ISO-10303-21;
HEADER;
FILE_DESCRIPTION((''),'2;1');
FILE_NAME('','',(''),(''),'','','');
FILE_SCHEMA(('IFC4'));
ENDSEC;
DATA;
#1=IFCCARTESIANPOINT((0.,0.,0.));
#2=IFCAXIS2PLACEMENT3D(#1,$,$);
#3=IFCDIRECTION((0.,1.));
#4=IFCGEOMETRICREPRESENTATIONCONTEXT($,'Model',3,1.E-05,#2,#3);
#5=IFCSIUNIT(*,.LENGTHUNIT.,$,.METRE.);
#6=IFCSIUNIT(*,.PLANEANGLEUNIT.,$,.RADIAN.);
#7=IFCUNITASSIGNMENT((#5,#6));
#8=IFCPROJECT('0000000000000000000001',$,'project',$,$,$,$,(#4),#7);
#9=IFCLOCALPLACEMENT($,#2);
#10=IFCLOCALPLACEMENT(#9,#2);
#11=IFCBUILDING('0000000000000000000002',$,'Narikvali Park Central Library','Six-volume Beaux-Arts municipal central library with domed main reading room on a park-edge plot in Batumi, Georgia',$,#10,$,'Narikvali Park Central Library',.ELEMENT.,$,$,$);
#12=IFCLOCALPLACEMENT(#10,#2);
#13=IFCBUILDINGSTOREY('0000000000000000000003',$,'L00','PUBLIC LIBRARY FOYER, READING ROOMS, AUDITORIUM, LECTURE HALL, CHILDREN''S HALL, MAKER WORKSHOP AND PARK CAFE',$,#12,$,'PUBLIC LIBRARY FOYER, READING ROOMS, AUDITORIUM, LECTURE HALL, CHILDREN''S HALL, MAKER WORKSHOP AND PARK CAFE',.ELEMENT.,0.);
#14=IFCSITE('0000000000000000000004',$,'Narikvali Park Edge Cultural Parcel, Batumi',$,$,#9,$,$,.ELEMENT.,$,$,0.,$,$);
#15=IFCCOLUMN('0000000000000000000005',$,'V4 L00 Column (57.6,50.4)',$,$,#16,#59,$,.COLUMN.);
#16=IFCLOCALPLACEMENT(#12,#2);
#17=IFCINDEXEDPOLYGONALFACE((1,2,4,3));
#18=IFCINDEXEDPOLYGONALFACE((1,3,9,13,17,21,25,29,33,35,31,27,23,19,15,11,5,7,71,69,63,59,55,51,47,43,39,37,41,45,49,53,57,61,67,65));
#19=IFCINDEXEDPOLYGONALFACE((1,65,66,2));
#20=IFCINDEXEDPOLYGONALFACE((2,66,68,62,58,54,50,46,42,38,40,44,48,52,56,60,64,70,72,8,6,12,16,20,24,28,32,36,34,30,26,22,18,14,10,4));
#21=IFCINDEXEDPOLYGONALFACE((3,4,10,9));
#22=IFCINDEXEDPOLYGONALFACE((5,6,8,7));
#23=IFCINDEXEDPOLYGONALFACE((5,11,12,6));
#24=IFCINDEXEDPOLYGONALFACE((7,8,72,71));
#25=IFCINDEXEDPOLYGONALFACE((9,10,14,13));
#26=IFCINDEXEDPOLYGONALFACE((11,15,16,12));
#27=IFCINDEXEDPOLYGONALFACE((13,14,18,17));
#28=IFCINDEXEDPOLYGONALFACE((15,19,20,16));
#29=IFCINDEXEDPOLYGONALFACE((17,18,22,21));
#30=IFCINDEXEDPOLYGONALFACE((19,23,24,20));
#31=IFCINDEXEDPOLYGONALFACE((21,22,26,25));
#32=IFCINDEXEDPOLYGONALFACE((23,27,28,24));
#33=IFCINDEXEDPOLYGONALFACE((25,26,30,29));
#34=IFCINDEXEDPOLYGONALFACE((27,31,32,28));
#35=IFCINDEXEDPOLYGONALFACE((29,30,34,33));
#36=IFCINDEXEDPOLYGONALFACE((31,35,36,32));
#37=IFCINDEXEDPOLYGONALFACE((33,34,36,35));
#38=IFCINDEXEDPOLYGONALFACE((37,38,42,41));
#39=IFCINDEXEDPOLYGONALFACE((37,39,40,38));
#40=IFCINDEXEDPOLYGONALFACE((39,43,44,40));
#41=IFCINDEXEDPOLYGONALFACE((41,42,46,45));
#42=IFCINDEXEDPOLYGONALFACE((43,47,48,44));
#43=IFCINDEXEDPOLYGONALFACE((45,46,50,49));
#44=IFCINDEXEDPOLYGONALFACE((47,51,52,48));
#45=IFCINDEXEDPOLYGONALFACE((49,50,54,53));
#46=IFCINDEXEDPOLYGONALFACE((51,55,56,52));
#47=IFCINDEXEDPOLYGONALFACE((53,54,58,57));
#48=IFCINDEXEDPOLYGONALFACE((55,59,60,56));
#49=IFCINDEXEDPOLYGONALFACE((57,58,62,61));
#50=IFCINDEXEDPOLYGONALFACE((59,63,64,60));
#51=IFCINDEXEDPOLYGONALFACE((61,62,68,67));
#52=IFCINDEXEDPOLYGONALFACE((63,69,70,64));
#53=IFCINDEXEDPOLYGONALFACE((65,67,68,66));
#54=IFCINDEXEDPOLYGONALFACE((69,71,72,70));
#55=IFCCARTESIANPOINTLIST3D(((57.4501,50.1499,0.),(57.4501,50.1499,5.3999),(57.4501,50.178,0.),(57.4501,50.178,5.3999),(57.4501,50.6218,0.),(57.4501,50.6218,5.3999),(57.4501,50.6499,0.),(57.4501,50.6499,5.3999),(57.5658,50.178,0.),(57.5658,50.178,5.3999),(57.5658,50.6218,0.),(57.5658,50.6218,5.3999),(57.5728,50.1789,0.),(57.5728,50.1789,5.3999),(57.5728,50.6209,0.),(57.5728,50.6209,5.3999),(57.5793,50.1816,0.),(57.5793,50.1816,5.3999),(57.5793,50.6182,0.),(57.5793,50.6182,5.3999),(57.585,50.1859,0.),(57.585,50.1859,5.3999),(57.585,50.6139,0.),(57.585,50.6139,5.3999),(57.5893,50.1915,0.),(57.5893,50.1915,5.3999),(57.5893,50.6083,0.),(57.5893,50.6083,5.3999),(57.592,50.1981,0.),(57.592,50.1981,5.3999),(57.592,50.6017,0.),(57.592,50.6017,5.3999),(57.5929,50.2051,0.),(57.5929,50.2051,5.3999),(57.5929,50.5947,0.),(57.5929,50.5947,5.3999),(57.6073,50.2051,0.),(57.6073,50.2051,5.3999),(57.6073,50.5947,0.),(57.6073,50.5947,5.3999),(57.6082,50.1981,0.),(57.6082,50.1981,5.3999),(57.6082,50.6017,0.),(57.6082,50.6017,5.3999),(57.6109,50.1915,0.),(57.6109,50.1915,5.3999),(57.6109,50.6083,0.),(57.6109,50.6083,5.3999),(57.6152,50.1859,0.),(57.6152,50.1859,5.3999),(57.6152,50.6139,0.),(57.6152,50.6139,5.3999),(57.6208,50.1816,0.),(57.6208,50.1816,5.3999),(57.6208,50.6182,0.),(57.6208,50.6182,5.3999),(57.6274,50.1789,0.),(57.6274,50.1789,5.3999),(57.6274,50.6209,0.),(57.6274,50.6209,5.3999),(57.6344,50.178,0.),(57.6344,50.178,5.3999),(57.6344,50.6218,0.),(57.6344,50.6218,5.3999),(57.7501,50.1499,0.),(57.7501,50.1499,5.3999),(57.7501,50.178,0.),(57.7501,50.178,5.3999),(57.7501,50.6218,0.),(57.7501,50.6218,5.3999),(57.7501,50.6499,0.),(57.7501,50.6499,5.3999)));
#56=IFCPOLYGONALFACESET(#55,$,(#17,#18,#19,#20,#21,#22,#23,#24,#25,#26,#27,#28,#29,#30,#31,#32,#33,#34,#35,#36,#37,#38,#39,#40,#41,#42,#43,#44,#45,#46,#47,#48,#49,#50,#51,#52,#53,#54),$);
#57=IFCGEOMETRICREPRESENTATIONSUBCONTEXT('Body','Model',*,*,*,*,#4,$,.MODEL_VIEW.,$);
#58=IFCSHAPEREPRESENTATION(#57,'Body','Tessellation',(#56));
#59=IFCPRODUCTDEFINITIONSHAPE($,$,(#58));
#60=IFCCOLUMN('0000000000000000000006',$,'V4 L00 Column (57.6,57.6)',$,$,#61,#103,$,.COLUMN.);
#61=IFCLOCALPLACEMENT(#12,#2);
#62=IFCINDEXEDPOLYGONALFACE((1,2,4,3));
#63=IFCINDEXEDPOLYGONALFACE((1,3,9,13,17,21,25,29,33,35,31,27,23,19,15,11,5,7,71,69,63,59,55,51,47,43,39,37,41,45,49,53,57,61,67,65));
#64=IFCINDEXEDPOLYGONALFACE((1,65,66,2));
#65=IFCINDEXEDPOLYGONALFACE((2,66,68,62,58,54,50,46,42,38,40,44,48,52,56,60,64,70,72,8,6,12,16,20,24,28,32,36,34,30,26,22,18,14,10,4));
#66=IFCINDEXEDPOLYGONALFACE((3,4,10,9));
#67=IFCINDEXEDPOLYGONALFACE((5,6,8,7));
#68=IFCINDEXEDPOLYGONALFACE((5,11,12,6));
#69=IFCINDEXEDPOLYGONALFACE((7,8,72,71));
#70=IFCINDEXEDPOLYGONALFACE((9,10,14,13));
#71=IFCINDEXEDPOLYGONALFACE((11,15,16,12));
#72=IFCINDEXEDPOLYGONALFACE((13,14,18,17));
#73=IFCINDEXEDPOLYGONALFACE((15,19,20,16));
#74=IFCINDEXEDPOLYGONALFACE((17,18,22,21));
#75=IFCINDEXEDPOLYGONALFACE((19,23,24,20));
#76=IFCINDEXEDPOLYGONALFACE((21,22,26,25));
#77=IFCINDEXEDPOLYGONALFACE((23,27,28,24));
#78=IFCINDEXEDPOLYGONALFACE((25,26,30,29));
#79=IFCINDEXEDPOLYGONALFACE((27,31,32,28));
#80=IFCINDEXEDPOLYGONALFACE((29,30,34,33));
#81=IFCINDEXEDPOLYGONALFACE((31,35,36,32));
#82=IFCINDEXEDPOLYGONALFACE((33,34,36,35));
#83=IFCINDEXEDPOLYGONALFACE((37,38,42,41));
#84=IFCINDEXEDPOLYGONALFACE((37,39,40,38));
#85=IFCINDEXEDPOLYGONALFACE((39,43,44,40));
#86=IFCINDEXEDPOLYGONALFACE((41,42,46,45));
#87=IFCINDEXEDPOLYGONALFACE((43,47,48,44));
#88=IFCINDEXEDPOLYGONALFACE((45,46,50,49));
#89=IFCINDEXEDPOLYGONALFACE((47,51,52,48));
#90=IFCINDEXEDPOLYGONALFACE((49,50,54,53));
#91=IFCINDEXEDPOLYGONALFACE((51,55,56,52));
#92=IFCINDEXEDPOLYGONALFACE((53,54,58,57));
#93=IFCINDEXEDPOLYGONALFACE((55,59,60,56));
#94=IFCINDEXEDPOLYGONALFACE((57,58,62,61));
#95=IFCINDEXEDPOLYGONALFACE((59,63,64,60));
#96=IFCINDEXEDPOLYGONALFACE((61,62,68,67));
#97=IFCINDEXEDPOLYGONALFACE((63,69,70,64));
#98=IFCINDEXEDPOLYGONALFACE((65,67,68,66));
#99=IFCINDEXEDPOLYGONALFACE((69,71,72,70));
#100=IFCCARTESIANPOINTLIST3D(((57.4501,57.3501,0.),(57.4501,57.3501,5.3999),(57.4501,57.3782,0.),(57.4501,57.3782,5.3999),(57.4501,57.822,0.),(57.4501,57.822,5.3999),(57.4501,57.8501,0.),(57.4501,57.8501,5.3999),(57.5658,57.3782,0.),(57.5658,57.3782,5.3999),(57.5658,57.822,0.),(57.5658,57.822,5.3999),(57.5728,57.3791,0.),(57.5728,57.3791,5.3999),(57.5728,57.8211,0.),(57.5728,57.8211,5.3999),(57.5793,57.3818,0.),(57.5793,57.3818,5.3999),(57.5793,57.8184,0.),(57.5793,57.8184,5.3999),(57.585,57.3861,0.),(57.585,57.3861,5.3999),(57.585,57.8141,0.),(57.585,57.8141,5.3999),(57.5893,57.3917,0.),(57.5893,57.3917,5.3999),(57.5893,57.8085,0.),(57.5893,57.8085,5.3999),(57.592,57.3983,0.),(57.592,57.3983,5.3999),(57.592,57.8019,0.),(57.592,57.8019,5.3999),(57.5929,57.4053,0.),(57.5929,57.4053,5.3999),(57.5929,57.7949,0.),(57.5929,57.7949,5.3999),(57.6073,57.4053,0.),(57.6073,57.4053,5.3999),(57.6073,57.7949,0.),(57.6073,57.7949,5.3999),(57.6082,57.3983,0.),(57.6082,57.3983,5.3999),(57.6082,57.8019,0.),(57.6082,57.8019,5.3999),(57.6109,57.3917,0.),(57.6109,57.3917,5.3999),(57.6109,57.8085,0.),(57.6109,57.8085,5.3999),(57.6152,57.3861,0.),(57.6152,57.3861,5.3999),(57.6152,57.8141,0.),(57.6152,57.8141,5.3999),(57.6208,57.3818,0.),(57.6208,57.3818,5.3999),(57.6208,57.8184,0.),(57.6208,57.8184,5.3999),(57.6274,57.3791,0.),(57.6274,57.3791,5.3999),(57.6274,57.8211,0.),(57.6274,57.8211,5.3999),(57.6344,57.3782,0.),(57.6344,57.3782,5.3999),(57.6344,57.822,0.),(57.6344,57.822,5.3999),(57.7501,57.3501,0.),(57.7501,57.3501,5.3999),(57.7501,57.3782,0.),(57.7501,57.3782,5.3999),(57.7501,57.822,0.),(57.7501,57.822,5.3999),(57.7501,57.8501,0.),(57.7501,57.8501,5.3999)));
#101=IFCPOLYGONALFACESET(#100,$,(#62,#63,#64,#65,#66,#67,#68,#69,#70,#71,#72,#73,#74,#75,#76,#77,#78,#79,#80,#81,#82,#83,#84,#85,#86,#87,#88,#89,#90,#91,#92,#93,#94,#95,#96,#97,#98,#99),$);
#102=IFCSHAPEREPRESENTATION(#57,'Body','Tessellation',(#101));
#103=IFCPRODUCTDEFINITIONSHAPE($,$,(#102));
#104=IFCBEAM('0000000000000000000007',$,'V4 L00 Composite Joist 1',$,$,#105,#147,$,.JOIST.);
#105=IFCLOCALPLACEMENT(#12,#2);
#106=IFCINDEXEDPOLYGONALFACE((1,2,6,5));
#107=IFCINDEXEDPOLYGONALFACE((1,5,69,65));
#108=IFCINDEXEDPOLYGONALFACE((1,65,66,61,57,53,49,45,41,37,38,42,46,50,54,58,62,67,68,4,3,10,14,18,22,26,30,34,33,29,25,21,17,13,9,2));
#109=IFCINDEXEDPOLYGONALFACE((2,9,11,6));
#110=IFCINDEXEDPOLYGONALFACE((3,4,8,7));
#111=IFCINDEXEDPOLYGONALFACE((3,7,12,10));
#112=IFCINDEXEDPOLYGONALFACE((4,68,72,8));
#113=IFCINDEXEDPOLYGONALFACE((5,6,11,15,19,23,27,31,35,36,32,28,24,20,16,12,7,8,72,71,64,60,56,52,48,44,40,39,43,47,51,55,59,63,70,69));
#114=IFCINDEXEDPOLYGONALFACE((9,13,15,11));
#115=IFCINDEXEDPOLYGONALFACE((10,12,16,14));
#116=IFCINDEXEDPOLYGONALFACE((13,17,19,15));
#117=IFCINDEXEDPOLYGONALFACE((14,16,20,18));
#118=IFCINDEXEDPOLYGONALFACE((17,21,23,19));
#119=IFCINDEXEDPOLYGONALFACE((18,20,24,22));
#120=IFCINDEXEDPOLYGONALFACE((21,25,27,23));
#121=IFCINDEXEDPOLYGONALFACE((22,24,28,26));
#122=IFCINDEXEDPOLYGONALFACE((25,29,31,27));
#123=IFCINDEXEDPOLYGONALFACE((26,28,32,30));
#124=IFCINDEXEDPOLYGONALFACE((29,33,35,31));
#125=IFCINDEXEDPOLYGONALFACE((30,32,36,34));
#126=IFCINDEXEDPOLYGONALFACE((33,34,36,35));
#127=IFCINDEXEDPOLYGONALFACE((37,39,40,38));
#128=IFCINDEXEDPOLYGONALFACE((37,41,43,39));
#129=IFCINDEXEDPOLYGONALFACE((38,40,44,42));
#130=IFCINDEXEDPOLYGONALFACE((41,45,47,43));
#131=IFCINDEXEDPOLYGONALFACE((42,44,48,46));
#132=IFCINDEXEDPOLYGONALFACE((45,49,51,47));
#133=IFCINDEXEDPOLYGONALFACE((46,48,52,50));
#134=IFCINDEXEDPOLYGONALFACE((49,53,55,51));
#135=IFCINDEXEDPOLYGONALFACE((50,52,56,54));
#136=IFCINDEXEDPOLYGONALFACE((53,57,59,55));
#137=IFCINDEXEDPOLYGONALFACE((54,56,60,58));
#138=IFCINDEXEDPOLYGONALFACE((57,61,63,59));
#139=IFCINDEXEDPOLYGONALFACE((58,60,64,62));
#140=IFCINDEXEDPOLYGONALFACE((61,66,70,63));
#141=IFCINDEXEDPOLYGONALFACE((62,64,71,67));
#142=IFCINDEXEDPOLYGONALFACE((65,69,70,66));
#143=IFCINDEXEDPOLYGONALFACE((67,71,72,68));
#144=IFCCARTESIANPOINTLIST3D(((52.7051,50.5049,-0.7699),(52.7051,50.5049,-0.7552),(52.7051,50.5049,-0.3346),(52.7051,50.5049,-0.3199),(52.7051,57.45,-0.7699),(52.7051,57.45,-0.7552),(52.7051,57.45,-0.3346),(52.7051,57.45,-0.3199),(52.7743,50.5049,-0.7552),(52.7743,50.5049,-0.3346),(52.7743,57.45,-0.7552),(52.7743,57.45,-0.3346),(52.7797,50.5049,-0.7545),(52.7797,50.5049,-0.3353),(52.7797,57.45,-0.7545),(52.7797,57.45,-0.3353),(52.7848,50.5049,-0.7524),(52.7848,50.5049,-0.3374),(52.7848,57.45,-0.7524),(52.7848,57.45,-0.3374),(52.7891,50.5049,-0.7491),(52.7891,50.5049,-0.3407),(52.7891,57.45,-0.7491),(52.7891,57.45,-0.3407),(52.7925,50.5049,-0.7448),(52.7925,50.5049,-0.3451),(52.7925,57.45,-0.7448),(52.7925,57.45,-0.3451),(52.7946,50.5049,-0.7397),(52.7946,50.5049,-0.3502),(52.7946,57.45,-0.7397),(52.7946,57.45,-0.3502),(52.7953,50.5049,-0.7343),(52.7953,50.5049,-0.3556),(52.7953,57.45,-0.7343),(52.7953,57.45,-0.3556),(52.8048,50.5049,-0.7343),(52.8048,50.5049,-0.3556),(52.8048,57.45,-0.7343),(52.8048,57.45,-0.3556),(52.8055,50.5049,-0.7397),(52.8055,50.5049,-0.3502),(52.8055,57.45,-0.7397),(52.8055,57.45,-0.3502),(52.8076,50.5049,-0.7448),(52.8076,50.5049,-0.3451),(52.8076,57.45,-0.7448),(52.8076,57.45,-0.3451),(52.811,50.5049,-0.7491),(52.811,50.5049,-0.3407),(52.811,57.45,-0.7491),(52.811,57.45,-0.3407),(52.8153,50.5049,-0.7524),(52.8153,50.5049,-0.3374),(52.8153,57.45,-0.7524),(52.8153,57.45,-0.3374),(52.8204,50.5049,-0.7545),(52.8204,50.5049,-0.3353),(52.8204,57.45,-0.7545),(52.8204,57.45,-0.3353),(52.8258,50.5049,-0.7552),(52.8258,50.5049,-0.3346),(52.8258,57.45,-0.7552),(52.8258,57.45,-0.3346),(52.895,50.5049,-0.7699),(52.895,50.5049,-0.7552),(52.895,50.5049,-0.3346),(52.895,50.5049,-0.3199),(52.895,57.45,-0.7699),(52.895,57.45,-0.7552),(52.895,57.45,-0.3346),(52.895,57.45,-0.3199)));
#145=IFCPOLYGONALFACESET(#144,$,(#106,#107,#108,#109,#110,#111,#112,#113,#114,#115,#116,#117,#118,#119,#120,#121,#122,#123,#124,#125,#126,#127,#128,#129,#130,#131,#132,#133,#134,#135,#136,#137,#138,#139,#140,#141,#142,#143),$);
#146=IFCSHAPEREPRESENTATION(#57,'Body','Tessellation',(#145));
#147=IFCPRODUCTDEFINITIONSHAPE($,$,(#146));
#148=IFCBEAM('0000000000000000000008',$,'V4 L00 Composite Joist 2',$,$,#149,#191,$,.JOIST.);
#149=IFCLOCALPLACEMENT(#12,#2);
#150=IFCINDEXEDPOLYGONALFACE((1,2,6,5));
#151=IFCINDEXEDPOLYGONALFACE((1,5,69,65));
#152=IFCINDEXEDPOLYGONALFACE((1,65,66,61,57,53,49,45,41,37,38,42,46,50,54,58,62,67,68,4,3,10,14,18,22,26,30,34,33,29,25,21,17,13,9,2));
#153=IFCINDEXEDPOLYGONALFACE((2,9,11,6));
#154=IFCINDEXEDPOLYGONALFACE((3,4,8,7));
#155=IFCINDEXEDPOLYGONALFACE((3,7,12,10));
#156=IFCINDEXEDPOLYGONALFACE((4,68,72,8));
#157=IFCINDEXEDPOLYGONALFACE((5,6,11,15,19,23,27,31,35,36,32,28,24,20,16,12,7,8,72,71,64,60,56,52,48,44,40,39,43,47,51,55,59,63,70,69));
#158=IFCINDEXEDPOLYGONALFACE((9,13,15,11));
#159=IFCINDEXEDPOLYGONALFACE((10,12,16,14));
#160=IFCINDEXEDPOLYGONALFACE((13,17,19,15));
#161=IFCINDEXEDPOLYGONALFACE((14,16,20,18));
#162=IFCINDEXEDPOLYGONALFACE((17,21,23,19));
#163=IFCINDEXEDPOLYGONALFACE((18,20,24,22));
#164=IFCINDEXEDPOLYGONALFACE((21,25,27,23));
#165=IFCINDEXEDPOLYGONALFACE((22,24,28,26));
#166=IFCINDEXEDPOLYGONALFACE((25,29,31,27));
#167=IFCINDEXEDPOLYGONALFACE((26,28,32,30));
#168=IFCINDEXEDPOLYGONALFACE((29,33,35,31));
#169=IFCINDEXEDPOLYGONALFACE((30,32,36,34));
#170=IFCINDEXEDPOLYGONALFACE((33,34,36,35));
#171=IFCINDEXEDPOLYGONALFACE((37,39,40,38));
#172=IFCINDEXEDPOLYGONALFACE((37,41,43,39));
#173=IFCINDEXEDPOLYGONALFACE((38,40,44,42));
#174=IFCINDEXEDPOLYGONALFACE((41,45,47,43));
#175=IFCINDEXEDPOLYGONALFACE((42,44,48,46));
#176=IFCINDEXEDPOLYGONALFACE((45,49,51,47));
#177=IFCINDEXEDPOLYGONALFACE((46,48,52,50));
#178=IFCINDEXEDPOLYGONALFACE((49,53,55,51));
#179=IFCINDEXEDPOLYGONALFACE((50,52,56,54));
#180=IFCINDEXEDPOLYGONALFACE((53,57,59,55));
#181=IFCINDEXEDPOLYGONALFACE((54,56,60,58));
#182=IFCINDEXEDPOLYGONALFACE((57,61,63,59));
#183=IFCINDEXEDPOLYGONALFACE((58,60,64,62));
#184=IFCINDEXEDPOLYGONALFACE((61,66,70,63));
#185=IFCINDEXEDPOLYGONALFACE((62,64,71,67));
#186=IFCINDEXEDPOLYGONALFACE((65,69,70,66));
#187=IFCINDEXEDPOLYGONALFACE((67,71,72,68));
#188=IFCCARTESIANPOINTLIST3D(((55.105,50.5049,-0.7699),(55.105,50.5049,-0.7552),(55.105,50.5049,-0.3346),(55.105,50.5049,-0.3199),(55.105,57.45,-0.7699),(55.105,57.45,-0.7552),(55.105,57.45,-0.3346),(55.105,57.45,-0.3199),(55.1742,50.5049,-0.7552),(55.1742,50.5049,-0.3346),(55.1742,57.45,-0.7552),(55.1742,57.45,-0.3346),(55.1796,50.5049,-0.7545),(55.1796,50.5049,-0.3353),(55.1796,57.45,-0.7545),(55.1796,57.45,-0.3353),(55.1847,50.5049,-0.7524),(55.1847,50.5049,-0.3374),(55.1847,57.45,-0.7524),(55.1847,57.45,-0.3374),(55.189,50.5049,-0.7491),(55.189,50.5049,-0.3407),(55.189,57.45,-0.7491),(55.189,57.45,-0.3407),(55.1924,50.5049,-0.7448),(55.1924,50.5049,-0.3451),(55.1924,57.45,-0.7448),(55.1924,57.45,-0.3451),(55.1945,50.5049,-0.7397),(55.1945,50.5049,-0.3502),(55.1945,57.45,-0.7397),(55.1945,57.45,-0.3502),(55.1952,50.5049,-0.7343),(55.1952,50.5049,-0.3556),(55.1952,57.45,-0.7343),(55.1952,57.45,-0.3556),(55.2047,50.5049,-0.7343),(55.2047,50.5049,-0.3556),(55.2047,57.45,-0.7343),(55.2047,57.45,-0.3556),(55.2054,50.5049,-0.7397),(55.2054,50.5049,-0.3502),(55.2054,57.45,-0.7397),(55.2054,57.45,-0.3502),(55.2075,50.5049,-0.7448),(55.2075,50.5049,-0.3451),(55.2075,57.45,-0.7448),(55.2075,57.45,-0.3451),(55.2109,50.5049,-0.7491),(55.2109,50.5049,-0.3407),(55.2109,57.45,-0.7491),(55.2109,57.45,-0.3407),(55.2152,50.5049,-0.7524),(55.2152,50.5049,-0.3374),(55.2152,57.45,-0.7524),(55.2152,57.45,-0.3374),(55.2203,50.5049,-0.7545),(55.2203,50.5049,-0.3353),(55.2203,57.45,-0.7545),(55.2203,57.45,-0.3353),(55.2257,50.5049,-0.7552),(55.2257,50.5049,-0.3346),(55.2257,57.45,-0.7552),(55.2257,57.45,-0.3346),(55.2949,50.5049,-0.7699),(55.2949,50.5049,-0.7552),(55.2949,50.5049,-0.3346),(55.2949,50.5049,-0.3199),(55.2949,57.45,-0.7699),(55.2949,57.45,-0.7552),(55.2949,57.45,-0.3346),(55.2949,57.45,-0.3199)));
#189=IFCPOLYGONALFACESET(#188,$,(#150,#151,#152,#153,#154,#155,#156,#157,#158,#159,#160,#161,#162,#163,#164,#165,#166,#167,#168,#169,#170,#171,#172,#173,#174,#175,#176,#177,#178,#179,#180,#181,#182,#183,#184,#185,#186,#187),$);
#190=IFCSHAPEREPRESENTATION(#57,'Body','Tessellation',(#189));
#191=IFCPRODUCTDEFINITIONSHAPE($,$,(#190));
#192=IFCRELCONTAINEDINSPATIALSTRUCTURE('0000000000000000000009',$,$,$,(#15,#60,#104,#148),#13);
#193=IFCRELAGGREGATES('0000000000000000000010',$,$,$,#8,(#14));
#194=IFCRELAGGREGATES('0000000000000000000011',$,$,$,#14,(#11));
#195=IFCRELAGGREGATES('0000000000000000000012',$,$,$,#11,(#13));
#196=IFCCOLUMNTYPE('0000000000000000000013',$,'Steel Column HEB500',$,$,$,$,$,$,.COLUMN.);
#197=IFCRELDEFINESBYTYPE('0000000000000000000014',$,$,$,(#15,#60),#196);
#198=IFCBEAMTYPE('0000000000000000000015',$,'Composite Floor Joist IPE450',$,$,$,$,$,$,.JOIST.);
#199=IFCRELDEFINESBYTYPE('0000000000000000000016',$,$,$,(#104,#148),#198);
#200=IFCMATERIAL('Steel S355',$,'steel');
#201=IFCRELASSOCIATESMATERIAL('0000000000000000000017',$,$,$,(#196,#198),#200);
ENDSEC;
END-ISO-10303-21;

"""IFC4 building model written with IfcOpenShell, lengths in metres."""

from ifc_helpers import new_model, si_unit, direction, frame, origin, origin_2d, place, context, subcontext, project, spatial, i_section, extrude, material, material_profile, profile_set, type_object, element, save


model = new_model("IFC4")

# Units and contexts
model_context = context("Model", 3, precision=1e-05, world=origin(), true_north=direction((0.0, 1.0)))
body_context = subcontext(model_context, "Body", "Model", "MODEL_VIEW")
ifc_project = project(units=[si_unit("LENGTHUNIT", "METRE"), si_unit("PLANEANGLEUNIT", "RADIAN")], contexts=[model_context])

# Site, building, storey
site_placement = place(None, origin())
site = spatial("IfcSite", under=ifc_project, at=site_placement, Name="Narikvali Park Edge Cultural Parcel, Batumi", CompositionType="ELEMENT", RefElevation=0.0)
building_placement = place(site_placement, origin())
building = spatial("IfcBuilding", under=site, at=building_placement, Name="Narikvali Park Central Library", Description="Six-volume Beaux-Arts municipal central library with domed main reading room on a park-edge plot in Batumi, Georgia", LongName="Narikvali Park Central Library", CompositionType="ELEMENT")
storey_placement = place(building_placement, origin())
storey = spatial("IfcBuildingStorey", under=building, at=storey_placement, Name="L00", Description="PUBLIC LIBRARY FOYER, READING ROOMS, AUDITORIUM, LECTURE HALL, CHILDREN'S HALL, MAKER WORKSHOP AND PARK CAFE", LongName="PUBLIC LIBRARY FOYER, READING ROOMS, AUDITORIUM, LECTURE HALL, CHILDREN'S HALL, MAKER WORKSHOP AND PARK CAFE", CompositionType="ELEMENT", Elevation=0.0)

# Columns
ifc_material_1 = material(Name="Steel S355", Category="steel")
ifc_material_profile_1 = material_profile(ifc_material_1, i_section(OverallWidth=0.3, OverallDepth=0.5, WebThickness=0.0144, FlangeThickness=0.0281, FilletRadius=0.0271, at=origin_2d()), Name="HEB 500")
ifc_profile_set_1 = profile_set([ifc_material_profile_1], Name="Steel S355")
column_type = type_object("IfcColumnType", Name="Steel Column HEB500", PredefinedType="COLUMN", material=ifc_profile_set_1)
for number, where, z_axis, x_axis, name in (
    (1, (57.6001, 50.3999, 0.0), (0.0, 0.0, 1.0), (1.0, 0.0, 0.0), "V4 L00 Column (57.6,50.4)"),
    (2, (57.6001, 57.6001, 0.0), (0.0, 0.0, 1.0), (1.0, 0.0, 0.0), "V4 L00 Column (57.6,57.6)"),
):
    element("IfcColumn", number, at=place(storey_placement, frame(where, z_axis=z_axis, x_axis=x_axis)), inside=storey, type_object=column_type, Name=name, PredefinedType="COLUMN", context=body_context, shape_type="SweptSolid", body=[
        extrude(i_section(OverallWidth=0.3, OverallDepth=0.5, WebThickness=0.0144, FlangeThickness=0.0281, FilletRadius=0.0271, at=origin_2d()), origin(), (0.0, 0.0, 1.0), 5.3999),
    ])

# Beams
ifc_material_profile_2 = material_profile(ifc_material_1, i_section(OverallWidth=0.1899, OverallDepth=0.45, WebThickness=0.0095, FlangeThickness=0.0146, FilletRadius=0.021, at=origin_2d()), Name="IPE 450")
ifc_profile_set_2 = profile_set([ifc_material_profile_2], Name="Steel S355")
beam_type_1 = type_object("IfcBeamType", Name="Composite Floor Joist IPE450", PredefinedType="JOIST", material=ifc_profile_set_2)
for number, where, z_axis, x_axis, name in (
    (3, (52.8, 50.5049, -0.5449), (0.0, 1.0, 0.0), (-1.0, 0.0, 0.0), "V4 L00 Composite Joist 1"),
    (4, (55.2, 50.5049, -0.5449), (0.0, 1.0, 0.0), (-1.0, 0.0, 0.0), "V4 L00 Composite Joist 2"),
):
    element("IfcBeam", number, at=place(storey_placement, frame(where, z_axis=z_axis, x_axis=x_axis)), inside=storey, type_object=beam_type_1, Name=name, PredefinedType="JOIST", context=body_context, shape_type="SweptSolid", body=[
        extrude(i_section(OverallWidth=0.1899, OverallDepth=0.45, WebThickness=0.0095, FlangeThickness=0.0146, FilletRadius=0.021, at=origin_2d()), origin(), (0.0, 0.0, 1.0), 6.9451),
    ])

save(model, "model.ifc")
